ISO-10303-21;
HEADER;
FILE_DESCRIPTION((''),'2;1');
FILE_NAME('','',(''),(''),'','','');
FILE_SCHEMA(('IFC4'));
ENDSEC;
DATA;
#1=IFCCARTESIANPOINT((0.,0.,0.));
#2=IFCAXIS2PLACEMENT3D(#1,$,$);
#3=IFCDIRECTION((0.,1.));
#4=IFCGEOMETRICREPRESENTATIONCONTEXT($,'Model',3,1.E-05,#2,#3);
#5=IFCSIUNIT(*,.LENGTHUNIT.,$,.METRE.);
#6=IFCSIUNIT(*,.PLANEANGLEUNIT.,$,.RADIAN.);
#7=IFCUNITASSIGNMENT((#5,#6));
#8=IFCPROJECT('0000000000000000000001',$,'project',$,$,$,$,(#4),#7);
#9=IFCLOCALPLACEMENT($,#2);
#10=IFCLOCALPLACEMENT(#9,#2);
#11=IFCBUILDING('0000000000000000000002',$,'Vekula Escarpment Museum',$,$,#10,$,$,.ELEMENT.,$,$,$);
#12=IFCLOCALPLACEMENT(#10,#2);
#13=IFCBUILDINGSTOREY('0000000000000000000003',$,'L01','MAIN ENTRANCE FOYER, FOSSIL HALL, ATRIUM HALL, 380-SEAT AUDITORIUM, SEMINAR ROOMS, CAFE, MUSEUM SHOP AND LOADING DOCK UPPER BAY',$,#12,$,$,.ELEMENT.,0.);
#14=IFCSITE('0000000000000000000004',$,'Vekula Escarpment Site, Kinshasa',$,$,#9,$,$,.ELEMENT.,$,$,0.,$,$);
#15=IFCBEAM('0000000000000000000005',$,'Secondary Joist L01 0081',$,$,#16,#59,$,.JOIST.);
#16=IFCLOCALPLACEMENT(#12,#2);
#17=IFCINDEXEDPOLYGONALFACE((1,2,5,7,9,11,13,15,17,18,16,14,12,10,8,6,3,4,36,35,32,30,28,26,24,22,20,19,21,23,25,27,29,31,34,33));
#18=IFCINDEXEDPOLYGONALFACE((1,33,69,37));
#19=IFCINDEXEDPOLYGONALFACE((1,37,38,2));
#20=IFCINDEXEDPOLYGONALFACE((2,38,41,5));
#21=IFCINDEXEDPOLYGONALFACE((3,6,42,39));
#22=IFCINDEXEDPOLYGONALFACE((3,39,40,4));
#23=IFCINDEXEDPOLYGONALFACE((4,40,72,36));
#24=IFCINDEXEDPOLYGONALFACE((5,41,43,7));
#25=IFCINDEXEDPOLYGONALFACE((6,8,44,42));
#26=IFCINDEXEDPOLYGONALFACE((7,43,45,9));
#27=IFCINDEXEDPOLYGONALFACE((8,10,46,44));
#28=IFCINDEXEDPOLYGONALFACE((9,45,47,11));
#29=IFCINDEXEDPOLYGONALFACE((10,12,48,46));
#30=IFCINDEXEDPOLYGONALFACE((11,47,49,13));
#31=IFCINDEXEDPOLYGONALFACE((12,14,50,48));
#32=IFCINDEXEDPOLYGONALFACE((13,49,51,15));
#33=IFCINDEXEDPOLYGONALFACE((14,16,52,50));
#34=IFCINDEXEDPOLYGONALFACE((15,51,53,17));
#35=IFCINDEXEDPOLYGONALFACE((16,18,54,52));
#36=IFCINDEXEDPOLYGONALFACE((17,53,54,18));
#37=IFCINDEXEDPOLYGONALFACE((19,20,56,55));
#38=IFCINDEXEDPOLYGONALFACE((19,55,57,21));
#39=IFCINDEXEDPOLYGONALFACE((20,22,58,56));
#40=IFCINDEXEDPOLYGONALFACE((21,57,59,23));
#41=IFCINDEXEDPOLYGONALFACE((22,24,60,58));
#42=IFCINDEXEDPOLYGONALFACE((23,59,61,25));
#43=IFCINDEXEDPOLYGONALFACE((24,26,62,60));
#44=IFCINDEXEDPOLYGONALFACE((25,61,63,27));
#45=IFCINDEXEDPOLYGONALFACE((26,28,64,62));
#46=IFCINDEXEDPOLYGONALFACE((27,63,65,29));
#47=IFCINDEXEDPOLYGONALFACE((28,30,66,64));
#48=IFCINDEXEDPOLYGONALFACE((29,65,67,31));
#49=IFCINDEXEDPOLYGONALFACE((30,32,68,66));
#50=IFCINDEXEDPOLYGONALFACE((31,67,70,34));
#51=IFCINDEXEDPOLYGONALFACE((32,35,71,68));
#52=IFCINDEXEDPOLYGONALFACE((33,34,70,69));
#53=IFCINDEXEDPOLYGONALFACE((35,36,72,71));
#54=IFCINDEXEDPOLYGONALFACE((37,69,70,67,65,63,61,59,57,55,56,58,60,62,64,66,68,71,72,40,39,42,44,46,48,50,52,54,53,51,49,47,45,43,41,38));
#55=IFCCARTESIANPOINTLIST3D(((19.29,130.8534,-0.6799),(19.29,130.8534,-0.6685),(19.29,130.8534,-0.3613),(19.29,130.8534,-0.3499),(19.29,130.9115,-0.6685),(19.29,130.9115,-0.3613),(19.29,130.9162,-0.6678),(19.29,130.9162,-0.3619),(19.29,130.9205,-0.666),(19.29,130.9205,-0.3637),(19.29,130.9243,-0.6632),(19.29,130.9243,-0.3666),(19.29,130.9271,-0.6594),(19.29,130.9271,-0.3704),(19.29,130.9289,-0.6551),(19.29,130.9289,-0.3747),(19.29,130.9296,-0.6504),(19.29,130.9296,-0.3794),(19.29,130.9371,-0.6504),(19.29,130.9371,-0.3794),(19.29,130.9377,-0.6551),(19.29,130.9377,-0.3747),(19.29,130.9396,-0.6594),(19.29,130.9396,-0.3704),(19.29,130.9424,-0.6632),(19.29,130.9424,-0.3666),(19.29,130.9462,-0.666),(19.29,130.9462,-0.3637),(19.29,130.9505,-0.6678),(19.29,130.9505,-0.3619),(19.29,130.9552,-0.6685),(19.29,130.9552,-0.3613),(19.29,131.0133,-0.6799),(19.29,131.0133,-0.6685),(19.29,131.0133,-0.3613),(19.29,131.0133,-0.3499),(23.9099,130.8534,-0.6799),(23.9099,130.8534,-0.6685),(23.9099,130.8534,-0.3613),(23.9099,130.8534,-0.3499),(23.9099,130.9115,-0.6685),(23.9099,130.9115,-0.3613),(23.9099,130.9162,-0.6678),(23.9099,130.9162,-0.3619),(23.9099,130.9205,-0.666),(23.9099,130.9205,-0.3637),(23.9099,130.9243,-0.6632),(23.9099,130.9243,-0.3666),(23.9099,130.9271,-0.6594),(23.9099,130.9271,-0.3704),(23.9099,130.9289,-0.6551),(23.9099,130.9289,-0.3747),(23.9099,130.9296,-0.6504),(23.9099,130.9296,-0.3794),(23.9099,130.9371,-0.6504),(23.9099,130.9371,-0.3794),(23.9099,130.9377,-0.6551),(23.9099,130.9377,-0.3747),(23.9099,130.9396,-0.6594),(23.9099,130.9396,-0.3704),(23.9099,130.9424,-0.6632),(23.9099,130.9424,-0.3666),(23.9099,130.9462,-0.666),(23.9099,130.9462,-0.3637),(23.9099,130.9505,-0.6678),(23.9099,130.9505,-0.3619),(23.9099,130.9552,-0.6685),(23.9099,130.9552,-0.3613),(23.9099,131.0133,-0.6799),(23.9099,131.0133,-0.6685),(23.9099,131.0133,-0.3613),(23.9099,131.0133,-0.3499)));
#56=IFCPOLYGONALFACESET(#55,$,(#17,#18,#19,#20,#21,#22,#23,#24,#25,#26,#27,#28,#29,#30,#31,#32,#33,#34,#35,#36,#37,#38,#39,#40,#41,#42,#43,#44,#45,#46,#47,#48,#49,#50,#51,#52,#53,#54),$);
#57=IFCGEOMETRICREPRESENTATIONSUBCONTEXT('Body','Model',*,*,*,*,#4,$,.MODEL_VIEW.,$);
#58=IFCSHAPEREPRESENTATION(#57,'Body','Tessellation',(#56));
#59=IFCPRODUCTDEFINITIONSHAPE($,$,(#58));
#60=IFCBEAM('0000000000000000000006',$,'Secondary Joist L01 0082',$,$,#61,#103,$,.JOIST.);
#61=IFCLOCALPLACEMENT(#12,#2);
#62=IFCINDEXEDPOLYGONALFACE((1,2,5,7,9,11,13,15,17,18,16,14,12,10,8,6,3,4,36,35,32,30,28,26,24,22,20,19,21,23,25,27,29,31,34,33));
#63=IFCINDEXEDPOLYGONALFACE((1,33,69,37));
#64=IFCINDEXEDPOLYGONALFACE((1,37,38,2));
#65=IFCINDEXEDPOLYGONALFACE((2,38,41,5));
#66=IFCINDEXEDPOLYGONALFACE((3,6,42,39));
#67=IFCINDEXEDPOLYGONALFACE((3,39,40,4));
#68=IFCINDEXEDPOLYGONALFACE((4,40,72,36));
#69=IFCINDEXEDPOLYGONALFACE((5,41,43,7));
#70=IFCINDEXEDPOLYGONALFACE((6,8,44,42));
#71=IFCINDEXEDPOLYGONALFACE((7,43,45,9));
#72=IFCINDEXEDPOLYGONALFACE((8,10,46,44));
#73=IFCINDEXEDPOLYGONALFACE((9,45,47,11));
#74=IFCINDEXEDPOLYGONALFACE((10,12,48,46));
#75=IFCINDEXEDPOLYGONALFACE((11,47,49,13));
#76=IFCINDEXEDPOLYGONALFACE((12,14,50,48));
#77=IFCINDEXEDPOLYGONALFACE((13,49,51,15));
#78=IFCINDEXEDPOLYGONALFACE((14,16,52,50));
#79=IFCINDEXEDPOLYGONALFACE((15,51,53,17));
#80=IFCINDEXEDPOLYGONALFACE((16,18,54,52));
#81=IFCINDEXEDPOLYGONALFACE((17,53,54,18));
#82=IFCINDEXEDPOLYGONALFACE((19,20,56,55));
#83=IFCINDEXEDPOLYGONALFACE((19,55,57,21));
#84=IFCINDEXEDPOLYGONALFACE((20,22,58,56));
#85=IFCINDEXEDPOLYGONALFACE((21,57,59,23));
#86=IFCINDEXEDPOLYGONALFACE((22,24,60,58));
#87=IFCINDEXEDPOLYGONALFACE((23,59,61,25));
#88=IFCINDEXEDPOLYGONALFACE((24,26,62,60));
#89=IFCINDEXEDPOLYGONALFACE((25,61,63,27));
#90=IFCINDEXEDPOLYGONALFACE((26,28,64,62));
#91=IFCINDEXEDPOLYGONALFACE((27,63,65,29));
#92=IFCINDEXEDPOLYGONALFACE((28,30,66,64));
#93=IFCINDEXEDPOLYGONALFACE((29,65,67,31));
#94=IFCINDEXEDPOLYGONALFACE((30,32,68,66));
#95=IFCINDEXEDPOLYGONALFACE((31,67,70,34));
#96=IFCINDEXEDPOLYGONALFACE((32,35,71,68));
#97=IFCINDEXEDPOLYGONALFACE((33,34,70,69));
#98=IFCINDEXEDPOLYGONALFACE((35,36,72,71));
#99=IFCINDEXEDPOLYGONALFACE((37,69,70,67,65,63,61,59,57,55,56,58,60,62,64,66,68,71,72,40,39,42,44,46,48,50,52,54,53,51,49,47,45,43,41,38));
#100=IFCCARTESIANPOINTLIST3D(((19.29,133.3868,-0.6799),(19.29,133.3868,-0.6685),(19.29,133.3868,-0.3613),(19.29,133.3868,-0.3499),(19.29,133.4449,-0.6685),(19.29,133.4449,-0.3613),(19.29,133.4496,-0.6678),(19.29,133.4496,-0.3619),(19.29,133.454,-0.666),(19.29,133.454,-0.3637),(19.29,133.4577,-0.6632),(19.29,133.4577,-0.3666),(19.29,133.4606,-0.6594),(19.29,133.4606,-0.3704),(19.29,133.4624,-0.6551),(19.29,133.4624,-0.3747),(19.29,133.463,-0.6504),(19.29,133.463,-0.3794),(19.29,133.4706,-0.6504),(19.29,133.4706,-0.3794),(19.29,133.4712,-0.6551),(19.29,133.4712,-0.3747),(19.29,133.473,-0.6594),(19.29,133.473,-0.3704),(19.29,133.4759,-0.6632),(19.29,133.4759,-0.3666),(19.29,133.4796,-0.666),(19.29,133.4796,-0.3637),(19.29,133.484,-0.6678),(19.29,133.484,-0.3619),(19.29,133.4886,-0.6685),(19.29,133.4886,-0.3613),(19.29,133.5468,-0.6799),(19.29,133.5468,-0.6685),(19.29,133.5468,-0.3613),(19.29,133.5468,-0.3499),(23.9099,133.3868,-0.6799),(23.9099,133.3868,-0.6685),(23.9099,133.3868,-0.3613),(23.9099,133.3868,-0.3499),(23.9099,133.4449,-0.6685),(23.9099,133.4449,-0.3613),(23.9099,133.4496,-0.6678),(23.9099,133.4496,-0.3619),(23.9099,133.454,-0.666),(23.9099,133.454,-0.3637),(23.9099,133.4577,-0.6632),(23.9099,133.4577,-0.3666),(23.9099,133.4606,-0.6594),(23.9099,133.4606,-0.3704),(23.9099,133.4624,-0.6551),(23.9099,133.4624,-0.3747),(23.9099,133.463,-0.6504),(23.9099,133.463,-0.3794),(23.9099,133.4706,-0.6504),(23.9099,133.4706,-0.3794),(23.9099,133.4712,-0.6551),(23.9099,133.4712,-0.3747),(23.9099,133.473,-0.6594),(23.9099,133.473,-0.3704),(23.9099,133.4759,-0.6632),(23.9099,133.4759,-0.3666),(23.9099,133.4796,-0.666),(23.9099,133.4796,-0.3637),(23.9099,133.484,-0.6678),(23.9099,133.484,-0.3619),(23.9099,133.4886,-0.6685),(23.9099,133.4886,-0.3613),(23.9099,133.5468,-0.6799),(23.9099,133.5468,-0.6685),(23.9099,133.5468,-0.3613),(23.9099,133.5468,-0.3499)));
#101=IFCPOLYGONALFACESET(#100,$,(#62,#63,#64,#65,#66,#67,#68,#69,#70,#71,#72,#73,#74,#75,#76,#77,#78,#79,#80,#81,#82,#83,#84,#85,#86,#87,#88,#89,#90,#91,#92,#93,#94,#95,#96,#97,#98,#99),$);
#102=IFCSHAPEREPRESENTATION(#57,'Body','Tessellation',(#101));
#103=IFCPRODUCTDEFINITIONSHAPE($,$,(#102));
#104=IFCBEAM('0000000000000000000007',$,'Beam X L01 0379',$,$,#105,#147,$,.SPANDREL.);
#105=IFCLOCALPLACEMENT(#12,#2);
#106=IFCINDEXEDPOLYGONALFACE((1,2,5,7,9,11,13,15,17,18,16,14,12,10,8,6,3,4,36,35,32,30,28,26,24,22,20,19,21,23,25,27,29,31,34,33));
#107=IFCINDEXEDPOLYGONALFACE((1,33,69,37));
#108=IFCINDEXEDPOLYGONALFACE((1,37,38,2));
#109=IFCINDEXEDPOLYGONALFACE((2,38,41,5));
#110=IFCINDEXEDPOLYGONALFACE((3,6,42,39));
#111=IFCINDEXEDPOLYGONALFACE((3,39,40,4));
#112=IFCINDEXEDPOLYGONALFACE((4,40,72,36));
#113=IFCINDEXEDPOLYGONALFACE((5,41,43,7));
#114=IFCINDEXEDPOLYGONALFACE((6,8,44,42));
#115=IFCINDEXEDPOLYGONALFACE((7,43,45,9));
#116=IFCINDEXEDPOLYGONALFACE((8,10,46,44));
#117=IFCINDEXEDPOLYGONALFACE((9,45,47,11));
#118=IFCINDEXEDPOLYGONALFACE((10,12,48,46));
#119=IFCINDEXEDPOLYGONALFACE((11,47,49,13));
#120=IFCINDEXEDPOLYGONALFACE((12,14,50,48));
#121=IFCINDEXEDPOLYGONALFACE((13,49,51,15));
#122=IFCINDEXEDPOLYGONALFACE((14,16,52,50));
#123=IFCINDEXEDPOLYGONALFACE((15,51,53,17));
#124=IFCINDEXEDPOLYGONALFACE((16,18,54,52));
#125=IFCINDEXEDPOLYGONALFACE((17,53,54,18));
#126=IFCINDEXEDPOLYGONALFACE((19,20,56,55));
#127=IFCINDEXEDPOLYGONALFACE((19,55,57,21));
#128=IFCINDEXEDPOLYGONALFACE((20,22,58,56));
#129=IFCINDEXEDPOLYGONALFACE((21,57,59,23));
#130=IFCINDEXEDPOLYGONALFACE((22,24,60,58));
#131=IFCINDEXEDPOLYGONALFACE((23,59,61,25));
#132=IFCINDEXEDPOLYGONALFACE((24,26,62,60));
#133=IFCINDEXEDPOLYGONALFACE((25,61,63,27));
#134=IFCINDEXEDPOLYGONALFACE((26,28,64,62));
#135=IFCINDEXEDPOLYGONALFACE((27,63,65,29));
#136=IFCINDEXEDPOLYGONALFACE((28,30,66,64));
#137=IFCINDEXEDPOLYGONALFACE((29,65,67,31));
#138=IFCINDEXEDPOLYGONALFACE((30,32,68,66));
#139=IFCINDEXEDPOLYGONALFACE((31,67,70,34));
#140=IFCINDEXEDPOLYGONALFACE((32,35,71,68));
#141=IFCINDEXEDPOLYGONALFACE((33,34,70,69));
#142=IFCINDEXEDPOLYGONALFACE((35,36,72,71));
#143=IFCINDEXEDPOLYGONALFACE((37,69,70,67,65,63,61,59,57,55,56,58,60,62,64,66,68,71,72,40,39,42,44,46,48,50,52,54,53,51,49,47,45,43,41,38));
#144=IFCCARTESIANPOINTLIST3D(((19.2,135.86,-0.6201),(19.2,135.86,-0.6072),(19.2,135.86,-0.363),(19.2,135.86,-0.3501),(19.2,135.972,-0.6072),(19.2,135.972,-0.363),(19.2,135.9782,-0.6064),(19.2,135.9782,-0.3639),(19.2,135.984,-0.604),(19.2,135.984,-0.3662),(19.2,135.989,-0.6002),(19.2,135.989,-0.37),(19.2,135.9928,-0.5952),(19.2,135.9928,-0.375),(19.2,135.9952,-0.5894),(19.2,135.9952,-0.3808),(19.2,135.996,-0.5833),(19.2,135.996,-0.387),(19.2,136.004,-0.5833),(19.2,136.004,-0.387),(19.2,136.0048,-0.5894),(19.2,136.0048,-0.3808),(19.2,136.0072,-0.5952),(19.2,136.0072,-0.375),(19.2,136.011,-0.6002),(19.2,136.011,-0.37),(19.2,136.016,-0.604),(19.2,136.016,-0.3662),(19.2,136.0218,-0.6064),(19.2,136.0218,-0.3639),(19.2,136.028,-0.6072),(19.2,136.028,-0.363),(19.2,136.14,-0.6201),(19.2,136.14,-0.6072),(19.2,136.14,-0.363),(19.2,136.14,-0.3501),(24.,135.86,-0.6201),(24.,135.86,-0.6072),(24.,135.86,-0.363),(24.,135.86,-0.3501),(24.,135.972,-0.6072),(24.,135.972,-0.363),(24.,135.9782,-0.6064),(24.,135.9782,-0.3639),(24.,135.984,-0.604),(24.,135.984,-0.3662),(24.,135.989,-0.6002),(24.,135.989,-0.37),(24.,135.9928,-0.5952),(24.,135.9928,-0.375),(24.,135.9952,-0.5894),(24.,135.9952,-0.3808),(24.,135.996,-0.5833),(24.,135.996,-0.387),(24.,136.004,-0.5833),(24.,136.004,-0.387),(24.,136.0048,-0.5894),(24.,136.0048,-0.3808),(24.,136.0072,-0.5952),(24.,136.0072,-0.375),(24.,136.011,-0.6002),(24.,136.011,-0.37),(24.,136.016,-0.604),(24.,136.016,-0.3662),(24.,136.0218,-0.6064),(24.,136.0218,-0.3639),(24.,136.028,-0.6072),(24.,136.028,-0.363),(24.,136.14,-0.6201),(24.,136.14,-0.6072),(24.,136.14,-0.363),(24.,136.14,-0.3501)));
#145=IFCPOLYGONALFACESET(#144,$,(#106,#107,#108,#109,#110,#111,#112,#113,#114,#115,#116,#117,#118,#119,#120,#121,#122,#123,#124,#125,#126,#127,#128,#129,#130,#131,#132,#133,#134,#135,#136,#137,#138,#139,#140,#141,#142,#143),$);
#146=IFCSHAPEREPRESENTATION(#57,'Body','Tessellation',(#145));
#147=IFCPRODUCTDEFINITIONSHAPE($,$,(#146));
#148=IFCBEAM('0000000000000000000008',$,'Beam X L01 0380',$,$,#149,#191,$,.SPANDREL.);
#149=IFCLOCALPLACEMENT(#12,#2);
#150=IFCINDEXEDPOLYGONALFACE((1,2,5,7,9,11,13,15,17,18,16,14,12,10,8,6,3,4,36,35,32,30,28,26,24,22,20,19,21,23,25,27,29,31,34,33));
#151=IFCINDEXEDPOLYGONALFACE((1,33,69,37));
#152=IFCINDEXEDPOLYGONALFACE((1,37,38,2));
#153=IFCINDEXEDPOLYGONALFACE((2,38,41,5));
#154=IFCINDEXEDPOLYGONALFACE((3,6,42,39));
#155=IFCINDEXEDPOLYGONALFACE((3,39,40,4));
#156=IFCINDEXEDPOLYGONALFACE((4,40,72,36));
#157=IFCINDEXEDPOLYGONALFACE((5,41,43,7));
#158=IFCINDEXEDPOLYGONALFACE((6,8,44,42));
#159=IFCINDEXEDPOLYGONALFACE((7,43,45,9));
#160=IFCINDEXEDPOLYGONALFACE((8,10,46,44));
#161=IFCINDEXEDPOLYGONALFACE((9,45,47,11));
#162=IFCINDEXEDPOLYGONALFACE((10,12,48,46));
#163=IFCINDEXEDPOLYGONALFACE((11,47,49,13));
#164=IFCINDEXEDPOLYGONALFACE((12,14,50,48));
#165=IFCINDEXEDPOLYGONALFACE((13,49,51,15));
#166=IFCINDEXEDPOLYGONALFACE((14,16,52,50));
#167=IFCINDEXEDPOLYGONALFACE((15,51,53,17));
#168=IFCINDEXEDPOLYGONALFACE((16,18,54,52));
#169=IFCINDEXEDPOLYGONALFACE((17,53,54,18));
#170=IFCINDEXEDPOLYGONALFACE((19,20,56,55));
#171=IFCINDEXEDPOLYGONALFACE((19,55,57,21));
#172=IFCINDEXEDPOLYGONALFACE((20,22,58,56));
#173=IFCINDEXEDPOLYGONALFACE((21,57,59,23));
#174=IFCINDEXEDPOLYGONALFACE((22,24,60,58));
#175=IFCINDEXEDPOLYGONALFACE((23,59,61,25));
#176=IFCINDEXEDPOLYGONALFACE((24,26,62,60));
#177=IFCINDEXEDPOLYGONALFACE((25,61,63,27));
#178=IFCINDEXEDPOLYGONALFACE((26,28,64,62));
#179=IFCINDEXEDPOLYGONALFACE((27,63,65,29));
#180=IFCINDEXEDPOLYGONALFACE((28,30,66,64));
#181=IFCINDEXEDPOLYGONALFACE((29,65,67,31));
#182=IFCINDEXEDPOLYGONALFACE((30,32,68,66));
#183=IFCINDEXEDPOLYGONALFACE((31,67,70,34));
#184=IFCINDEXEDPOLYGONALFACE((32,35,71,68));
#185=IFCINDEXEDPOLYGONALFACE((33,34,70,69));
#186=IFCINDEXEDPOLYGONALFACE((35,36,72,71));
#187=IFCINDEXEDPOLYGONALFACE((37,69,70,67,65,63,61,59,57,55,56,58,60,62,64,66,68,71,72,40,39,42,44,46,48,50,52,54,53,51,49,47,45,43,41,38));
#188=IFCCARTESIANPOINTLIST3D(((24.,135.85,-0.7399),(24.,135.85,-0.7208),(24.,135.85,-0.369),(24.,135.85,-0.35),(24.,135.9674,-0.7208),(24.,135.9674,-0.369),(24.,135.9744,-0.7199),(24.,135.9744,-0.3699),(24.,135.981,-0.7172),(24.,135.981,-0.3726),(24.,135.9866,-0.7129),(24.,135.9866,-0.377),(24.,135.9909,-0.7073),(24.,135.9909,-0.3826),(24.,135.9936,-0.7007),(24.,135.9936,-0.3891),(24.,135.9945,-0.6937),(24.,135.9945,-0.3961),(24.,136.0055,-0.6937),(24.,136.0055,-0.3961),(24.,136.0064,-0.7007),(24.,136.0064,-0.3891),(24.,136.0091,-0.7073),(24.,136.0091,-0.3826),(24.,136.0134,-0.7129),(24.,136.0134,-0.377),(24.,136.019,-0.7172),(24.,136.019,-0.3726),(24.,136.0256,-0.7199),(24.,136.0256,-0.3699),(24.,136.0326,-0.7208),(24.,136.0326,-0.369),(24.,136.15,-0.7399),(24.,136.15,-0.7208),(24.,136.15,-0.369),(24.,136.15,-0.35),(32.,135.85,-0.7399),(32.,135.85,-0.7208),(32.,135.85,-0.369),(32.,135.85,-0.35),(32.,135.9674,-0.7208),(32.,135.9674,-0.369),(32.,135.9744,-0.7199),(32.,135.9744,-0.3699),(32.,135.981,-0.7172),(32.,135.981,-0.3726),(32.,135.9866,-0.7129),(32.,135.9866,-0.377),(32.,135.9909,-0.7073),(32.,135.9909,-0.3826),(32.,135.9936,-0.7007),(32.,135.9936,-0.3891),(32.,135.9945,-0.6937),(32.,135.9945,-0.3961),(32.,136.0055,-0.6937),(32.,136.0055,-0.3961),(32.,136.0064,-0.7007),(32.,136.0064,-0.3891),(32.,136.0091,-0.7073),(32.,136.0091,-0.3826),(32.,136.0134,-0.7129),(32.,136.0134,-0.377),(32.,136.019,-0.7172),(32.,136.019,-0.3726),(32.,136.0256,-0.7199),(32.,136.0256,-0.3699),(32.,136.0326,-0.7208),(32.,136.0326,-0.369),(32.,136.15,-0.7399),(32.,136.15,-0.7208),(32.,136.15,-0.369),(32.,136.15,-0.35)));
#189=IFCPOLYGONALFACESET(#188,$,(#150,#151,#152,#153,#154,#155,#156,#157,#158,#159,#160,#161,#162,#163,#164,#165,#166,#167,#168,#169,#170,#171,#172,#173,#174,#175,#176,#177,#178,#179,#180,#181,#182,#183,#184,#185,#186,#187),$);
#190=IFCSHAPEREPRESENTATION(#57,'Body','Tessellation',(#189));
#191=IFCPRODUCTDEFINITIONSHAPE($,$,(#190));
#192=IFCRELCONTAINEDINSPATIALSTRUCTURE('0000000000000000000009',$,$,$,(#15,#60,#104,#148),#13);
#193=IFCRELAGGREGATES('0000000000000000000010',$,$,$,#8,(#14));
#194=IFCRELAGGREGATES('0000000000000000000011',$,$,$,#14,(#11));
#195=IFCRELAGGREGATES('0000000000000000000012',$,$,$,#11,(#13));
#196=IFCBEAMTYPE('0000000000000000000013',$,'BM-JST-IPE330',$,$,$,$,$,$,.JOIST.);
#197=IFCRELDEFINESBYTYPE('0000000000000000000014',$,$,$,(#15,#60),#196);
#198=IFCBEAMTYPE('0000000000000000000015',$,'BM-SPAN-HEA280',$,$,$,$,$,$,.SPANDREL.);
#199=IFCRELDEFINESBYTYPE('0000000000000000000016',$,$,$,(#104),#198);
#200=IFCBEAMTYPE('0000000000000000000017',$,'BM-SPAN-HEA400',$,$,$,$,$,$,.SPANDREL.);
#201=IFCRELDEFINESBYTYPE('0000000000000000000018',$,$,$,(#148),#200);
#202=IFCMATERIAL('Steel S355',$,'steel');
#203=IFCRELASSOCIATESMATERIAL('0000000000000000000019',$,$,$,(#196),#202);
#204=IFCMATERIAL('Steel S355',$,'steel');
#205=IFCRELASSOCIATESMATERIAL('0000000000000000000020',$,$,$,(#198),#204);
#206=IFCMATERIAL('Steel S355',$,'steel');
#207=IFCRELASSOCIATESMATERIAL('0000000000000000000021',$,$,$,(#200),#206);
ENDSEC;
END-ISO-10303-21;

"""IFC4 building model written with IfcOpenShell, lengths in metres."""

from ifc_helpers import new_model, si_unit, direction, frame, origin, origin_2d, place, context, subcontext, project, spatial, i_section, extrude, material, material_profile, profile_set, type_object, element, save


model = new_model("IFC4")

# Units and contexts
model_context = context("Model", 3, precision=1e-05, world=origin(), true_north=direction((0.0, 1.0)))
body_context = subcontext(model_context, "Body", "Model", "MODEL_VIEW")
ifc_project = project(units=[si_unit("LENGTHUNIT", "METRE"), si_unit("PLANEANGLEUNIT", "RADIAN")], contexts=[model_context])

# Site, building, storey
site_placement = place(None, origin())
site = spatial("IfcSite", under=ifc_project, at=site_placement, Name="Vekula Escarpment Site, Kinshasa", CompositionType="ELEMENT", RefElevation=0.0)
building_placement = place(site_placement, origin())
building = spatial("IfcBuilding", under=site, at=building_placement, Name="Vekula Escarpment Museum", CompositionType="ELEMENT")
storey_placement = place(building_placement, origin())
storey = spatial("IfcBuildingStorey", under=building, at=storey_placement, Name="L01", Description="MAIN ENTRANCE FOYER, FOSSIL HALL, ATRIUM HALL, 380-SEAT AUDITORIUM, SEMINAR ROOMS, CAFE, MUSEUM SHOP AND LOADING DOCK UPPER BAY", CompositionType="ELEMENT", Elevation=0.0)

# Beams
ifc_material_1 = material(Name="Steel S355", Category="steel")
ifc_material_profile_1 = material_profile(ifc_material_1, i_section(OverallWidth=0.1599, OverallDepth=0.3301, WebThickness=0.0076, FlangeThickness=0.0115, FilletRadius=0.0181, at=origin_2d()), Name="IPE 330")
ifc_profile_set_1 = profile_set([ifc_material_profile_1], Name="Steel S355")
beam_type_1 = type_object("IfcBeamType", Name="BM-JST-IPE330", PredefinedType="JOIST", material=ifc_profile_set_1)
for number, where, z_axis, x_axis, name in (
    (1, (19.29, 130.9333, -0.5149), (1.0, 0.0, 0.0), (0.0, 1.0, 0.0), "Secondary Joist L01 0081"),
    (2, (19.29, 133.4668, -0.5149), (1.0, 0.0, 0.0), (0.0, 1.0, 0.0), "Secondary Joist L01 0082"),
):
    element("IfcBeam", number, at=place(storey_placement, frame(where, z_axis=z_axis, x_axis=x_axis)), inside=storey, type_object=beam_type_1, Name=name, PredefinedType="JOIST", context=body_context, shape_type="SweptSolid", body=[
        extrude(i_section(OverallWidth=0.1599, OverallDepth=0.3301, WebThickness=0.0076, FlangeThickness=0.0115, FilletRadius=0.0181, at=origin_2d()), origin(), (0.0, 0.0, 1.0), 4.6199),
    ])
ifc_material_2 = material(Name="Steel S355", Category="steel")
ifc_material_profile_2 = material_profile(ifc_material_2, i_section(OverallWidth=0.28, OverallDepth=0.27, WebThickness=0.0081, FlangeThickness=0.0129, FilletRadius=0.0239, at=origin_2d()), Name="HEA 280")
ifc_profile_set_2 = profile_set([ifc_material_profile_2], Name="Steel S355")
beam_type_2 = type_object("IfcBeamType", Name="BM-SPAN-HEA280", PredefinedType="SPANDREL", material=ifc_profile_set_2)
beam_1_placement = place(storey_placement, frame((19.2, 136.0, -0.4851), z_axis=(1.0, 0.0, 0.0), x_axis=(0.0, 1.0, 0.0)))
element("IfcBeam", 3, at=beam_1_placement, inside=storey, type_object=beam_type_2, Name="Beam X L01 0379", PredefinedType="SPANDREL", context=body_context, shape_type="SweptSolid", body=[
    extrude(i_section(OverallWidth=0.28, OverallDepth=0.27, WebThickness=0.0081, FlangeThickness=0.0129, FilletRadius=0.0239, at=origin_2d()), origin(), (0.0, 0.0, 1.0), 4.8),
])
ifc_material_3 = material(Name="Steel S355", Category="steel")
ifc_material_profile_3 = material_profile(ifc_material_3, i_section(OverallWidth=0.3, OverallDepth=0.3899, WebThickness=0.011, FlangeThickness=0.019, FilletRadius=0.0271, at=origin_2d()), Name="HEA 400")
ifc_profile_set_3 = profile_set([ifc_material_profile_3], Name="Steel S355")
beam_type_3 = type_object("IfcBeamType", Name="BM-SPAN-HEA400", PredefinedType="SPANDREL", material=ifc_profile_set_3)
for number, where, z_axis, x_axis, name in (
    (4, (24.0, 136.0, -0.5449), (1.0, 0.0, 0.0), (0.0, 1.0, 0.0), "Beam X L01 0380"),
):
    element("IfcBeam", number, at=place(storey_placement, frame(where, z_axis=z_axis, x_axis=x_axis)), inside=storey, type_object=beam_type_3, Name=name, PredefinedType="SPANDREL", context=body_context, shape_type="SweptSolid", body=[
        extrude(i_section(OverallWidth=0.3, OverallDepth=0.3899, WebThickness=0.011, FlangeThickness=0.019, FilletRadius=0.0271, at=origin_2d()), origin(), (0.0, 0.0, 1.0), 8.0),
    ])

save(model, "model.ifc")
